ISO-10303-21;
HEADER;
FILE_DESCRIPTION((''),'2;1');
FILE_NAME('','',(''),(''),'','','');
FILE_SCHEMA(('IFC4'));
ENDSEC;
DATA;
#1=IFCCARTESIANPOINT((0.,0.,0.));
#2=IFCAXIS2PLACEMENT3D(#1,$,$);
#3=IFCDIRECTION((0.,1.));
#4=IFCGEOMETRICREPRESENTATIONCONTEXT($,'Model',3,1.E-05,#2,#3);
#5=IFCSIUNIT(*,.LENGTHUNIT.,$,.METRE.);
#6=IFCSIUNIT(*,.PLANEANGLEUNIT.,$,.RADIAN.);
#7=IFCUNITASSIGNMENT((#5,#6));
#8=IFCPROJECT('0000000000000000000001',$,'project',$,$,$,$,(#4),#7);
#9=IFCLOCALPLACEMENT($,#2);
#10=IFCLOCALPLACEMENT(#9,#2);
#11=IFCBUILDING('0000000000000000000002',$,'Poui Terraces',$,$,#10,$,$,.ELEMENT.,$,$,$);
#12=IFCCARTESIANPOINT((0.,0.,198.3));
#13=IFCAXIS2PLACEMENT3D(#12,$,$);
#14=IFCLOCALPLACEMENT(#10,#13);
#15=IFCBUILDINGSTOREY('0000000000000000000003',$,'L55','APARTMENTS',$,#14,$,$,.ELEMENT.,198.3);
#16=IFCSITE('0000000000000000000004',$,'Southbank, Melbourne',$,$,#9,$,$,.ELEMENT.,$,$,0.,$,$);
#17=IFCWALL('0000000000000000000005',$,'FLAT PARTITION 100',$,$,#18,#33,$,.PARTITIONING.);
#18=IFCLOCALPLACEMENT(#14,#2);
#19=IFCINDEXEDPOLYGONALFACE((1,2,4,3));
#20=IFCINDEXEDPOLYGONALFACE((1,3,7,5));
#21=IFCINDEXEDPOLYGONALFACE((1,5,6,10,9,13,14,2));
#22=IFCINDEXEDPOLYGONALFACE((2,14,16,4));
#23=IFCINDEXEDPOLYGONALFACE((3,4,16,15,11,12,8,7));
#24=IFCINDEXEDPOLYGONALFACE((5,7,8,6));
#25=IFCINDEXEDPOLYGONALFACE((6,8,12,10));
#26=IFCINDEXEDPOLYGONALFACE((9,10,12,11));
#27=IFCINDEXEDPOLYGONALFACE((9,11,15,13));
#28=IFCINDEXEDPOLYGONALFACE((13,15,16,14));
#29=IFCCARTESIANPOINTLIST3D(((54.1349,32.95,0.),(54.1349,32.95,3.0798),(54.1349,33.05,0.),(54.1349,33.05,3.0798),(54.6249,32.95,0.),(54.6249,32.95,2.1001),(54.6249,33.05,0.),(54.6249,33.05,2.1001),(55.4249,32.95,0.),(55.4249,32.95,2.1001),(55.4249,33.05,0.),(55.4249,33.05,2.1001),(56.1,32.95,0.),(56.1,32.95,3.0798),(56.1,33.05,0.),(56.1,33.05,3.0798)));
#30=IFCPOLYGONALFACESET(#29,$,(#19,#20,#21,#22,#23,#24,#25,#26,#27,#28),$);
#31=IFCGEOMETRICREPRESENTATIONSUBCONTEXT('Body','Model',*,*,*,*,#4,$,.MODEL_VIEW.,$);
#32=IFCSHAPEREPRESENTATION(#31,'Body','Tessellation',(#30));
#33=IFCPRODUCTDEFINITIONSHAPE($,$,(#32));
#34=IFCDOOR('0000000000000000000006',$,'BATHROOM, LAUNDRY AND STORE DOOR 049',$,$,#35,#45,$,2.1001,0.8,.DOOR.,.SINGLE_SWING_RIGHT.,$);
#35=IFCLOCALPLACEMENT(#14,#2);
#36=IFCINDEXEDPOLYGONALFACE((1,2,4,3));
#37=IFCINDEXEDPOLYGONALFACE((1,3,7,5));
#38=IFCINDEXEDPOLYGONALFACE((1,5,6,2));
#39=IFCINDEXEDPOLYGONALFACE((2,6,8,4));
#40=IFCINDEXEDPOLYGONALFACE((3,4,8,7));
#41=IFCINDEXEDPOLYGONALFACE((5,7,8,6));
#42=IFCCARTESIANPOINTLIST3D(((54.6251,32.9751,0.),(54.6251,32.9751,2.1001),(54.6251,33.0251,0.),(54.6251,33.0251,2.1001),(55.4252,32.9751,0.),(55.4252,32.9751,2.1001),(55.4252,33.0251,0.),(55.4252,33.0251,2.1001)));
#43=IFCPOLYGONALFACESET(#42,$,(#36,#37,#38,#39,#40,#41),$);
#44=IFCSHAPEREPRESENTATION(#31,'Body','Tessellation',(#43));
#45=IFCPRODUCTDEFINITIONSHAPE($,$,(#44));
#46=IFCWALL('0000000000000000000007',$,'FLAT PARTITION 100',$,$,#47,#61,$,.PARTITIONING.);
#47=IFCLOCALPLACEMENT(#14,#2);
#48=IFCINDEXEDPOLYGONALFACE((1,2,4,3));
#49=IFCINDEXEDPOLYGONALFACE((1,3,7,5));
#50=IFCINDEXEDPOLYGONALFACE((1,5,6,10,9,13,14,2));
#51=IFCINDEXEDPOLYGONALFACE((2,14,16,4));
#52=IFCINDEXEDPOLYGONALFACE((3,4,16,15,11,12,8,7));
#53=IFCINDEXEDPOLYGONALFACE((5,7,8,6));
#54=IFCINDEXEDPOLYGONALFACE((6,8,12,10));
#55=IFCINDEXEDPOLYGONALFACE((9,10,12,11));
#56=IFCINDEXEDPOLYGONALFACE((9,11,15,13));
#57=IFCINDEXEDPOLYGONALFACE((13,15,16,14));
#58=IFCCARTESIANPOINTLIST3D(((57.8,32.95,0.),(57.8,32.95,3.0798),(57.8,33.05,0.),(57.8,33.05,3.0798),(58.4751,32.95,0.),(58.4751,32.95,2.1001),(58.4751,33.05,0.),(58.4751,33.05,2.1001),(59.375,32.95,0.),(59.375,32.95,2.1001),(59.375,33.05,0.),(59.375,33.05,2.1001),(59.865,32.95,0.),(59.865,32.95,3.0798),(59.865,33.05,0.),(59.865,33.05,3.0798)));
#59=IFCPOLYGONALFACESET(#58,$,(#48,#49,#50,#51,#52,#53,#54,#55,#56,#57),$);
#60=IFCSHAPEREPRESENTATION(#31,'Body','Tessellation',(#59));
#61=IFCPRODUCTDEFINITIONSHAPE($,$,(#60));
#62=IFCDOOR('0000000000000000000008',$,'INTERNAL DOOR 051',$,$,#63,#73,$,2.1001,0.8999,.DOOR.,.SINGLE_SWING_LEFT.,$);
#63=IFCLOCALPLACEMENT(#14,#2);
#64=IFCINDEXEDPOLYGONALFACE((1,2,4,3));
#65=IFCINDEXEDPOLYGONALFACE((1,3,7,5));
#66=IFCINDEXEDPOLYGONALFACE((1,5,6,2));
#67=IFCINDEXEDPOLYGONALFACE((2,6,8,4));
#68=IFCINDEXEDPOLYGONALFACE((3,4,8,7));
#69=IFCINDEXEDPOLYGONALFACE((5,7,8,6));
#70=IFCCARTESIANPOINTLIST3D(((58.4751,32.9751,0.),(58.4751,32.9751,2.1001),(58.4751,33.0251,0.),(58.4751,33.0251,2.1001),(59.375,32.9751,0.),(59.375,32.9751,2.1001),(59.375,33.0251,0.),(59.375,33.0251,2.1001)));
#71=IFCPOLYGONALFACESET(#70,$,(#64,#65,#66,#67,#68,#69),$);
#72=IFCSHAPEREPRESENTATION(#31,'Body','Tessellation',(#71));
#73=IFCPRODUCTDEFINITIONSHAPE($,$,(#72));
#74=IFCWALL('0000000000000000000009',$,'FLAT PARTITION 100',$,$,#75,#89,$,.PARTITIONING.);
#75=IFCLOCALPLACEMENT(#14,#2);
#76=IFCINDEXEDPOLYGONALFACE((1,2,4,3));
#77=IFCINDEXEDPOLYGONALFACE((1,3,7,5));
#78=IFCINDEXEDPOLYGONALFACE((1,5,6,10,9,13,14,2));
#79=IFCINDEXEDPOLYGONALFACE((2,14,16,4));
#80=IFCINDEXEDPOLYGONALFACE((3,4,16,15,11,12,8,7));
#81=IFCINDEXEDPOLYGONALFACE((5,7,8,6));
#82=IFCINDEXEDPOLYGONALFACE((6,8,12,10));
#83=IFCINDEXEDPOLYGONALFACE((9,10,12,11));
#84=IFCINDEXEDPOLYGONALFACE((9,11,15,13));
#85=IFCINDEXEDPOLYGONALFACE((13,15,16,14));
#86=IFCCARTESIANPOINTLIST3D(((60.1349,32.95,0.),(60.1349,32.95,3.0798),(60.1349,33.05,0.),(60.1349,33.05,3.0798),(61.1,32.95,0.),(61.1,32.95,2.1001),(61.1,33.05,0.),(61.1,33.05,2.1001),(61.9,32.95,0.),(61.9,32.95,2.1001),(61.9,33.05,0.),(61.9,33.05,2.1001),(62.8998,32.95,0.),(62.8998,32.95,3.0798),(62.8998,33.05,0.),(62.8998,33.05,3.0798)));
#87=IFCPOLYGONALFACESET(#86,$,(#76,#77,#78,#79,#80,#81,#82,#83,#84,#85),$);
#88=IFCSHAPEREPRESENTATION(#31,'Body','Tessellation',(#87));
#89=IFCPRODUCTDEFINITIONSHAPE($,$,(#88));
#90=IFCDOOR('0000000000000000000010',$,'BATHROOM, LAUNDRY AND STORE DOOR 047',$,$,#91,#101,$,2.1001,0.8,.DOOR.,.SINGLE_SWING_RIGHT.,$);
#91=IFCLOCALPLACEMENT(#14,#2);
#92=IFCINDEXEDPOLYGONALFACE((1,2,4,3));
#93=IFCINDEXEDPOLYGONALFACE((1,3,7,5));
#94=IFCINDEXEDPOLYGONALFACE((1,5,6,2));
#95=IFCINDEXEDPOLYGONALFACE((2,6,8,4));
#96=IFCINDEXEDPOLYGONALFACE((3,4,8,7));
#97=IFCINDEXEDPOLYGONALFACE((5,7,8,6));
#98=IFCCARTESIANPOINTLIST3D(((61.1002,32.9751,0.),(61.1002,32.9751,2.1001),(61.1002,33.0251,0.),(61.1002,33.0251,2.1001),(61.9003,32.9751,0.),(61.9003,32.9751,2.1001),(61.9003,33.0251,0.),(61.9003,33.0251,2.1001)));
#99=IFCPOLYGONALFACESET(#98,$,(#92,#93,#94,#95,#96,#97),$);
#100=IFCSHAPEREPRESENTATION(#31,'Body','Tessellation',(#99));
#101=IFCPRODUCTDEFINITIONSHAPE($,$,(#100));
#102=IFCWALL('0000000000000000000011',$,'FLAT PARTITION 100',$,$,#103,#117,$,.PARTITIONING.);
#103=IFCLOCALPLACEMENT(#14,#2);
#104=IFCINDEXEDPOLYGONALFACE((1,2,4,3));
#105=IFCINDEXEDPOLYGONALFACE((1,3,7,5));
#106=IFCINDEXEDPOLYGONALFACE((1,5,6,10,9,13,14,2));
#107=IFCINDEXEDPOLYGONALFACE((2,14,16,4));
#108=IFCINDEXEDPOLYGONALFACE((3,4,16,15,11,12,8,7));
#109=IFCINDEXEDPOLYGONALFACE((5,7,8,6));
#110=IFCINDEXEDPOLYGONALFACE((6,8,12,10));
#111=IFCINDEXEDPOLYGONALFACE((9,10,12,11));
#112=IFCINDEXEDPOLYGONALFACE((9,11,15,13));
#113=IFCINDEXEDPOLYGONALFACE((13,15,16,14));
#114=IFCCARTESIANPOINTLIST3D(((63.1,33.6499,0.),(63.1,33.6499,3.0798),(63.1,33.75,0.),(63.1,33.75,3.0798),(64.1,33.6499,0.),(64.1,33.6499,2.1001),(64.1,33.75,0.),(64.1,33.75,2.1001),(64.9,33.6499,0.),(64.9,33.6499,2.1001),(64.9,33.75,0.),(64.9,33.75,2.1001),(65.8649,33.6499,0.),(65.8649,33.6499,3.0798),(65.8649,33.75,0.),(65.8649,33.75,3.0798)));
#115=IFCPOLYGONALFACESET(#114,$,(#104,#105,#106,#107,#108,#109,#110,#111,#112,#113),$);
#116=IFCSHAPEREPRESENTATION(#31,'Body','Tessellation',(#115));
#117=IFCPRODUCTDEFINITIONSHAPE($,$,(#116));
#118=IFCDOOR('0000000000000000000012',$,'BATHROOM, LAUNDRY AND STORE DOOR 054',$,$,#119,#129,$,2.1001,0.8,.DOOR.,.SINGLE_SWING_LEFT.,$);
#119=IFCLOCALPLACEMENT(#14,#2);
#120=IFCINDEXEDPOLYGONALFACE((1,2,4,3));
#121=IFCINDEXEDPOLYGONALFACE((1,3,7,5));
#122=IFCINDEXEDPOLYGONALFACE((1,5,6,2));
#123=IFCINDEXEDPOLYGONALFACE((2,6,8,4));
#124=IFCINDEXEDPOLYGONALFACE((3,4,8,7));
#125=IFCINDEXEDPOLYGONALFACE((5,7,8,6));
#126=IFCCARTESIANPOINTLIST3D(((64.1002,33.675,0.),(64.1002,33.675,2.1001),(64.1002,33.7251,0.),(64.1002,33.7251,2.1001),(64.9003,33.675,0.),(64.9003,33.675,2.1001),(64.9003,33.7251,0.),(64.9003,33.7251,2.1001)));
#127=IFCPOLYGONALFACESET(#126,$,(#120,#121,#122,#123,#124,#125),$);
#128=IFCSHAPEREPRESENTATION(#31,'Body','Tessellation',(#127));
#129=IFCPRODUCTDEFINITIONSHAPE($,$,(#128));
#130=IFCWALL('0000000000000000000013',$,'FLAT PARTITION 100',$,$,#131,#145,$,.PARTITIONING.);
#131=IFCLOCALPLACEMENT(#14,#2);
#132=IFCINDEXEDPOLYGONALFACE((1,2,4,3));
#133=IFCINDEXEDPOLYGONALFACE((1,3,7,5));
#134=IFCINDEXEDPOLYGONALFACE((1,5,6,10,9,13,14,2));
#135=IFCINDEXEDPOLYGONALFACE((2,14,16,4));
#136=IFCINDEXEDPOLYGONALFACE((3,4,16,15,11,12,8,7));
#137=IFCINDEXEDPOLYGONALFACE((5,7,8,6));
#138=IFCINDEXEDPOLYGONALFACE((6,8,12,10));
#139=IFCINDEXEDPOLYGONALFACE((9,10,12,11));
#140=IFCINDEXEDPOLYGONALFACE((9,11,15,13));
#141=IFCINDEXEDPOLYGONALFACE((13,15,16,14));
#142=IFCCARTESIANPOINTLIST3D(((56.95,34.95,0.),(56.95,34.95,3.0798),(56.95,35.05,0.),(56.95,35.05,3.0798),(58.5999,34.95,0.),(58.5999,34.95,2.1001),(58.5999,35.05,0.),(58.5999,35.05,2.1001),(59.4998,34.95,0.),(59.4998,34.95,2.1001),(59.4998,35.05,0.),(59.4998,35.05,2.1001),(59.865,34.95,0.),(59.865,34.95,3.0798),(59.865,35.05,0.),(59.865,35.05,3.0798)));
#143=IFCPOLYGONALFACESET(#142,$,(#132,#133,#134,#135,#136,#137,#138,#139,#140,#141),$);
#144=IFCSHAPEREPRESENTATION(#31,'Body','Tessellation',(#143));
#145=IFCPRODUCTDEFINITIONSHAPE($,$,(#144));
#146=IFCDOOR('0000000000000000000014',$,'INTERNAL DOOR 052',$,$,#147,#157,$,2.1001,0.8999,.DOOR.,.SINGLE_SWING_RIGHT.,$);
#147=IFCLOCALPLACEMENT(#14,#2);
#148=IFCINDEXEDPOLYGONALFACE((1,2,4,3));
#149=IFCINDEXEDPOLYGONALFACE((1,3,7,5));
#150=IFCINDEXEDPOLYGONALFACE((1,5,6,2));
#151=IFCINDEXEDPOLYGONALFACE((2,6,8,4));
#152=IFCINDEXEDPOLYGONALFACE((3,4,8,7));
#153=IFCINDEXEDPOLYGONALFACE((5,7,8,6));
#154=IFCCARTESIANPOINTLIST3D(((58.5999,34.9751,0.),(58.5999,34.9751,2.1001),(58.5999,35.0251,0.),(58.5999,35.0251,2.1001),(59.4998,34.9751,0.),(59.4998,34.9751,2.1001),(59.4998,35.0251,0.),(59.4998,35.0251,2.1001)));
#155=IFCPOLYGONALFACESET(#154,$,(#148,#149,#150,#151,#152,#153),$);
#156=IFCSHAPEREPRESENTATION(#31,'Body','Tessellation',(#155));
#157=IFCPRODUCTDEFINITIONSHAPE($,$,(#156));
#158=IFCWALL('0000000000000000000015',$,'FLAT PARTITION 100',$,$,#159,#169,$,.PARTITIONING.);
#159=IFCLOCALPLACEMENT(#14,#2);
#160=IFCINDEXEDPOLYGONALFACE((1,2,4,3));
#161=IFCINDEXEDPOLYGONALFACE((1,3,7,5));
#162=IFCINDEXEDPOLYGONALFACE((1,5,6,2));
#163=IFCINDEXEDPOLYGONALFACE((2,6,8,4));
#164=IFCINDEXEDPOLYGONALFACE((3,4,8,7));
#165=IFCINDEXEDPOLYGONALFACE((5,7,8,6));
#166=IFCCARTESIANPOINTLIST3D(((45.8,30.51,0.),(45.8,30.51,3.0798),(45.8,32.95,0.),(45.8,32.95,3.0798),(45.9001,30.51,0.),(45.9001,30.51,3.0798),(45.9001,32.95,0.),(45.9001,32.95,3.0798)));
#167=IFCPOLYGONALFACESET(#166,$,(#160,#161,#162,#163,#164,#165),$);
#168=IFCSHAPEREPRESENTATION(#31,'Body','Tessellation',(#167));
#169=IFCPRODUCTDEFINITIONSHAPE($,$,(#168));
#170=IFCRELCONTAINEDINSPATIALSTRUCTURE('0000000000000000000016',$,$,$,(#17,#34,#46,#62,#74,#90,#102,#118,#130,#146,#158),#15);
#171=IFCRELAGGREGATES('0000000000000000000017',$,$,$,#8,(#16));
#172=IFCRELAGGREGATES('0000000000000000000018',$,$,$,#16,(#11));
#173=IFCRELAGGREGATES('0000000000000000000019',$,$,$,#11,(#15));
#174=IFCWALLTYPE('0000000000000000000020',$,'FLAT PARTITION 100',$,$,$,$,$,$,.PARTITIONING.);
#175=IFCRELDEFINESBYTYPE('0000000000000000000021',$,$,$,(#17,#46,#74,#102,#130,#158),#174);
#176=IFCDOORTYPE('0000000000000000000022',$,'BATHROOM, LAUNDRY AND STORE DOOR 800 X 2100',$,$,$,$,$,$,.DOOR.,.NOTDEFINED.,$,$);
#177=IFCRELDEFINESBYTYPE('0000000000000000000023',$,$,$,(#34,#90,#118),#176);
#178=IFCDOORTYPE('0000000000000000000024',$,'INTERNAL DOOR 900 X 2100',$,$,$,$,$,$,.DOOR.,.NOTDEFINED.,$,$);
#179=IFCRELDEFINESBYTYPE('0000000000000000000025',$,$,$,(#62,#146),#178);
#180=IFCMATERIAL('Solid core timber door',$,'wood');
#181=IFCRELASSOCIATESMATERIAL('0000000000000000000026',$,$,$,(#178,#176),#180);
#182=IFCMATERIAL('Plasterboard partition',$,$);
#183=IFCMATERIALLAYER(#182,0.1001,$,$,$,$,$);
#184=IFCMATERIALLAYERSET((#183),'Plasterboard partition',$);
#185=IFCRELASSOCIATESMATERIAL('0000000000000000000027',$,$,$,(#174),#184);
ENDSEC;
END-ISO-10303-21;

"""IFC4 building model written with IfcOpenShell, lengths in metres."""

from ifc_helpers import new_model, si_unit, direction, frame, frame_2d, origin, place, context, subcontext, project, spatial, rectangle, extrude, material, layer, layer_set, type_object, element, fill, save


model = new_model("IFC4")

# Units and contexts
model_context = context("Model", 3, precision=1e-05, world=origin(), true_north=direction((0.0, 1.0)))
body_context = subcontext(model_context, "Body", "Model", "MODEL_VIEW")
ifc_project = project(units=[si_unit("LENGTHUNIT", "METRE"), si_unit("PLANEANGLEUNIT", "RADIAN")], contexts=[model_context])

# Site, building, storey
site_placement = place(None, origin())
site = spatial("IfcSite", under=ifc_project, at=site_placement, Name="Southbank, Melbourne", CompositionType="ELEMENT", RefElevation=0.0)
building_placement = place(site_placement, origin())
building = spatial("IfcBuilding", under=site, at=building_placement, Name="Poui Terraces", CompositionType="ELEMENT")
storey_placement = place(building_placement, frame((0.0, 0.0, 198.3)))
storey = spatial("IfcBuildingStorey", under=building, at=storey_placement, Name="L55", Description="APARTMENTS", CompositionType="ELEMENT", Elevation=198.3)

# Shared definitions
ifc_material_1 = material(Name="Solid core timber door", Category="wood")
door_type_1 = type_object("IfcDoorType", Name="INTERNAL DOOR 900 X 2100", OperationType="NOTDEFINED", PredefinedType="DOOR", material=ifc_material_1)
ifc_material_2 = material(Name="Plasterboard partition")
ifc_layer_1 = layer(ifc_material_2, 0.1001)
ifc_layer_set_1 = layer_set([ifc_layer_1], Name="Plasterboard partition")
wall_type_1 = type_object("IfcWallType", Name="FLAT PARTITION 100", PredefinedType="PARTITIONING", material=ifc_layer_set_1)

# Shared definitions
door_type_2 = type_object("IfcDoorType", Name="BATHROOM, LAUNDRY AND STORE DOOR 800 X 2100", OperationType="NOTDEFINED", PredefinedType="DOOR", material=ifc_material_1)

# Walls, openings, doors
wall_1_placement = place(storey_placement, frame((54.135, 33.0, 0.0), z_axis=(0.0, 0.0, 1.0), x_axis=(1.0, 0.0, 0.0)))
wall_1 = element("IfcWall", 1, at=wall_1_placement, inside=storey, type_object=wall_type_1, Name="FLAT PARTITION 100", PredefinedType="PARTITIONING", context=body_context, shape_type="SweptSolid", body=[
    extrude(rectangle(XDim=1.9651, YDim=0.1001, at=frame_2d((0.9824, 0.0))), origin(), (0.0, 0.0, 1.0), 3.0798),
])
opening_1_placement = place(wall_1_placement, frame((0.49, 0.0, 0.0)))
opening_1 = element("IfcOpeningElement", 2, at=opening_1_placement, cuts=wall_1, PredefinedType="OPENING", context=body_context, shape_type="SweptSolid", body=[
    extrude(rectangle(XDim=0.8, YDim=2.1001, at=frame_2d((0.3999, 1.05))), frame((0.0, 0.0601, 0.0), z_axis=(0.0, -1.0, 0.0), x_axis=(1.0, 0.0, 0.0)), (0.0, 0.0, 1.0), 0.1201),
])
door_1_placement = place(opening_1_placement, frame((0.8, 0.0, 0.0), z_axis=(0.0, 0.0, 1.0), x_axis=(-1.0, 0.0, 0.0)))
door_1 = element("IfcDoor", 3, at=door_1_placement, inside=storey, type_object=door_type_2, Name="BATHROOM, LAUNDRY AND STORE DOOR 049", OperationType="SINGLE_SWING_RIGHT", OverallHeight=2.1001, OverallWidth=0.8, PredefinedType="DOOR", context=body_context, shape_type="SweptSolid", body=[
    extrude(rectangle(XDim=0.8, YDim=2.1001, at=frame_2d((0.3999, 1.05))), frame((0.0, 0.0249, 0.0), z_axis=(0.0, -1.0, 0.0), x_axis=(1.0, 0.0, 0.0)), (0.0, 0.0, 1.0), 0.05),
])
fill(opening_1, door_1)
wall_2_placement = place(storey_placement, frame((57.8, 33.0, 0.0), z_axis=(0.0, 0.0, 1.0), x_axis=(1.0, 0.0, 0.0)))
wall_2 = element("IfcWall", 4, at=wall_2_placement, inside=storey, type_object=wall_type_1, Name="FLAT PARTITION 100", PredefinedType="PARTITIONING", context=body_context, shape_type="SweptSolid", body=[
    extrude(rectangle(XDim=2.0649, YDim=0.1001, at=frame_2d((1.0325, 0.0))), origin(), (0.0, 0.0, 1.0), 3.0798),
])
opening_2_placement = place(wall_2_placement, frame((0.675, 0.0, 0.0)))
opening_2 = element("IfcOpeningElement", 5, at=opening_2_placement, cuts=wall_2, PredefinedType="OPENING", context=body_context, shape_type="SweptSolid", body=[
    extrude(rectangle(XDim=0.8999, YDim=2.1001, at=frame_2d((0.45, 1.05))), frame((0.0, 0.0601, 0.0), z_axis=(0.0, -1.0, 0.0), x_axis=(1.0, 0.0, 0.0)), (0.0, 0.0, 1.0), 0.1201),
])
door_2_placement = place(opening_2_placement, frame((0.8999, 0.0, 0.0), z_axis=(0.0, 0.0, 1.0), x_axis=(-1.0, 0.0, 0.0)))
door_2 = element("IfcDoor", 6, at=door_2_placement, inside=storey, type_object=door_type_1, Name="INTERNAL DOOR 051", OperationType="SINGLE_SWING_LEFT", OverallHeight=2.1001, OverallWidth=0.8999, PredefinedType="DOOR", context=body_context, shape_type="SweptSolid", body=[
    extrude(rectangle(XDim=0.8999, YDim=2.1001, at=frame_2d((0.45, 1.05))), frame((0.0, 0.0249, 0.0), z_axis=(0.0, -1.0, 0.0), x_axis=(1.0, 0.0, 0.0)), (0.0, 0.0, 1.0), 0.05),
])
fill(opening_2, door_2)
wall_3_placement = place(storey_placement, frame((60.135, 33.0, 0.0), z_axis=(0.0, 0.0, 1.0), x_axis=(1.0, 0.0, 0.0)))
wall_3 = element("IfcWall", 7, at=wall_3_placement, inside=storey, type_object=wall_type_1, Name="FLAT PARTITION 100", PredefinedType="PARTITIONING", context=body_context, shape_type="SweptSolid", body=[
    extrude(rectangle(XDim=2.7649, YDim=0.1001, at=frame_2d((1.3823, 0.0))), origin(), (0.0, 0.0, 1.0), 3.0798),
])
opening_3_placement = place(wall_3_placement, frame((0.9651, 0.0, 0.0)))
opening_3 = element("IfcOpeningElement", 8, at=opening_3_placement, cuts=wall_3, PredefinedType="OPENING", context=body_context, shape_type="SweptSolid", body=[
    extrude(rectangle(XDim=0.8, YDim=2.1001, at=frame_2d((0.3999, 1.05))), frame((0.0, 0.0601, 0.0), z_axis=(0.0, -1.0, 0.0), x_axis=(1.0, 0.0, 0.0)), (0.0, 0.0, 1.0), 0.1201),
])
door_3_placement = place(opening_3_placement, frame((0.8, 0.0, 0.0), z_axis=(0.0, 0.0, 1.0), x_axis=(-1.0, 0.0, 0.0)))
door_3 = element("IfcDoor", 9, at=door_3_placement, inside=storey, type_object=door_type_2, Name="BATHROOM, LAUNDRY AND STORE DOOR 047", OperationType="SINGLE_SWING_RIGHT", OverallHeight=2.1001, OverallWidth=0.8, PredefinedType="DOOR", context=body_context, shape_type="SweptSolid", body=[
    extrude(rectangle(XDim=0.8, YDim=2.1001, at=frame_2d((0.3999, 1.05))), frame((0.0, 0.0249, 0.0), z_axis=(0.0, -1.0, 0.0), x_axis=(1.0, 0.0, 0.0)), (0.0, 0.0, 1.0), 0.05),
])
fill(opening_3, door_3)
wall_4_placement = place(storey_placement, frame((63.1001, 33.7, 0.0), z_axis=(0.0, 0.0, 1.0), x_axis=(1.0, 0.0, 0.0)))
wall_4 = element("IfcWall", 10, at=wall_4_placement, inside=storey, type_object=wall_type_1, Name="FLAT PARTITION 100", PredefinedType="PARTITIONING", context=body_context, shape_type="SweptSolid", body=[
    extrude(rectangle(XDim=2.7649, YDim=0.1001, at=frame_2d((1.3823, 0.0))), origin(), (0.0, 0.0, 1.0), 3.0798),
])
opening_4_placement = place(wall_4_placement, frame((1.0, 0.0, 0.0)))
opening_4 = element("IfcOpeningElement", 11, at=opening_4_placement, cuts=wall_4, PredefinedType="OPENING", context=body_context, shape_type="SweptSolid", body=[
    extrude(rectangle(XDim=0.8, YDim=2.1001, at=frame_2d((0.3999, 1.05))), frame((0.0, 0.0601, 0.0), z_axis=(0.0, -1.0, 0.0), x_axis=(1.0, 0.0, 0.0)), (0.0, 0.0, 1.0), 0.1201),
])
door_4_placement = place(opening_4_placement, frame((0.8, 0.0, 0.0), z_axis=(0.0, 0.0, 1.0), x_axis=(-1.0, 0.0, 0.0)))
door_4 = element("IfcDoor", 12, at=door_4_placement, inside=storey, type_object=door_type_2, Name="BATHROOM, LAUNDRY AND STORE DOOR 054", OperationType="SINGLE_SWING_LEFT", OverallHeight=2.1001, OverallWidth=0.8, PredefinedType="DOOR", context=body_context, shape_type="SweptSolid", body=[
    extrude(rectangle(XDim=0.8, YDim=2.1001, at=frame_2d((0.3999, 1.05))), frame((0.0, 0.0249, 0.0), z_axis=(0.0, -1.0, 0.0), x_axis=(1.0, 0.0, 0.0)), (0.0, 0.0, 1.0), 0.05),
])
fill(opening_4, door_4)
wall_5_placement = place(storey_placement, frame((56.95, 35.0, 0.0), z_axis=(0.0, 0.0, 1.0), x_axis=(1.0, 0.0, 0.0)))
wall_5 = element("IfcWall", 13, at=wall_5_placement, inside=storey, type_object=wall_type_1, Name="FLAT PARTITION 100", PredefinedType="PARTITIONING", context=body_context, shape_type="SweptSolid", body=[
    extrude(rectangle(XDim=2.915, YDim=0.1001, at=frame_2d((1.4575, 0.0))), origin(), (0.0, 0.0, 1.0), 3.0798),
])
opening_5_placement = place(wall_5_placement, frame((1.6499, 0.0, 0.0)))
opening_5 = element("IfcOpeningElement", 14, at=opening_5_placement, cuts=wall_5, PredefinedType="OPENING", context=body_context, shape_type="SweptSolid", body=[
    extrude(rectangle(XDim=0.8999, YDim=2.1001, at=frame_2d((0.45, 1.05))), frame((0.0, 0.0601, 0.0), z_axis=(0.0, -1.0, 0.0), x_axis=(1.0, 0.0, 0.0)), (0.0, 0.0, 1.0), 0.1201),
])
door_5_placement = place(opening_5_placement, frame((0.8999, 0.0, 0.0), z_axis=(0.0, 0.0, 1.0), x_axis=(-1.0, 0.0, 0.0)))
door_5 = element("IfcDoor", 15, at=door_5_placement, inside=storey, type_object=door_type_1, Name="INTERNAL DOOR 052", OperationType="SINGLE_SWING_RIGHT", OverallHeight=2.1001, OverallWidth=0.8999, PredefinedType="DOOR", context=body_context, shape_type="SweptSolid", body=[
    extrude(rectangle(XDim=0.8999, YDim=2.1001, at=frame_2d((0.45, 1.05))), frame((0.0, 0.0249, 0.0), z_axis=(0.0, -1.0, 0.0), x_axis=(1.0, 0.0, 0.0)), (0.0, 0.0, 1.0), 0.05),
])
fill(opening_5, door_5)

# Wall
for number, where, z_axis, x_axis, name in (
    (16, (45.8501, 30.51, 0.0), (0.0, 0.0, 1.0), (0.0, 1.0, 0.0), "FLAT PARTITION 100"),
):
    element("IfcWall", number, at=place(storey_placement, frame(where, z_axis=z_axis, x_axis=x_axis)), inside=storey, type_object=wall_type_1, Name=name, PredefinedType="PARTITIONING", context=body_context, shape_type="SweptSolid", body=[
        extrude(rectangle(XDim=2.4399, YDim=0.1001, at=frame_2d((1.22, 0.0))), origin(), (0.0, 0.0, 1.0), 3.0798),
    ])

save(model, "model.ifc")
